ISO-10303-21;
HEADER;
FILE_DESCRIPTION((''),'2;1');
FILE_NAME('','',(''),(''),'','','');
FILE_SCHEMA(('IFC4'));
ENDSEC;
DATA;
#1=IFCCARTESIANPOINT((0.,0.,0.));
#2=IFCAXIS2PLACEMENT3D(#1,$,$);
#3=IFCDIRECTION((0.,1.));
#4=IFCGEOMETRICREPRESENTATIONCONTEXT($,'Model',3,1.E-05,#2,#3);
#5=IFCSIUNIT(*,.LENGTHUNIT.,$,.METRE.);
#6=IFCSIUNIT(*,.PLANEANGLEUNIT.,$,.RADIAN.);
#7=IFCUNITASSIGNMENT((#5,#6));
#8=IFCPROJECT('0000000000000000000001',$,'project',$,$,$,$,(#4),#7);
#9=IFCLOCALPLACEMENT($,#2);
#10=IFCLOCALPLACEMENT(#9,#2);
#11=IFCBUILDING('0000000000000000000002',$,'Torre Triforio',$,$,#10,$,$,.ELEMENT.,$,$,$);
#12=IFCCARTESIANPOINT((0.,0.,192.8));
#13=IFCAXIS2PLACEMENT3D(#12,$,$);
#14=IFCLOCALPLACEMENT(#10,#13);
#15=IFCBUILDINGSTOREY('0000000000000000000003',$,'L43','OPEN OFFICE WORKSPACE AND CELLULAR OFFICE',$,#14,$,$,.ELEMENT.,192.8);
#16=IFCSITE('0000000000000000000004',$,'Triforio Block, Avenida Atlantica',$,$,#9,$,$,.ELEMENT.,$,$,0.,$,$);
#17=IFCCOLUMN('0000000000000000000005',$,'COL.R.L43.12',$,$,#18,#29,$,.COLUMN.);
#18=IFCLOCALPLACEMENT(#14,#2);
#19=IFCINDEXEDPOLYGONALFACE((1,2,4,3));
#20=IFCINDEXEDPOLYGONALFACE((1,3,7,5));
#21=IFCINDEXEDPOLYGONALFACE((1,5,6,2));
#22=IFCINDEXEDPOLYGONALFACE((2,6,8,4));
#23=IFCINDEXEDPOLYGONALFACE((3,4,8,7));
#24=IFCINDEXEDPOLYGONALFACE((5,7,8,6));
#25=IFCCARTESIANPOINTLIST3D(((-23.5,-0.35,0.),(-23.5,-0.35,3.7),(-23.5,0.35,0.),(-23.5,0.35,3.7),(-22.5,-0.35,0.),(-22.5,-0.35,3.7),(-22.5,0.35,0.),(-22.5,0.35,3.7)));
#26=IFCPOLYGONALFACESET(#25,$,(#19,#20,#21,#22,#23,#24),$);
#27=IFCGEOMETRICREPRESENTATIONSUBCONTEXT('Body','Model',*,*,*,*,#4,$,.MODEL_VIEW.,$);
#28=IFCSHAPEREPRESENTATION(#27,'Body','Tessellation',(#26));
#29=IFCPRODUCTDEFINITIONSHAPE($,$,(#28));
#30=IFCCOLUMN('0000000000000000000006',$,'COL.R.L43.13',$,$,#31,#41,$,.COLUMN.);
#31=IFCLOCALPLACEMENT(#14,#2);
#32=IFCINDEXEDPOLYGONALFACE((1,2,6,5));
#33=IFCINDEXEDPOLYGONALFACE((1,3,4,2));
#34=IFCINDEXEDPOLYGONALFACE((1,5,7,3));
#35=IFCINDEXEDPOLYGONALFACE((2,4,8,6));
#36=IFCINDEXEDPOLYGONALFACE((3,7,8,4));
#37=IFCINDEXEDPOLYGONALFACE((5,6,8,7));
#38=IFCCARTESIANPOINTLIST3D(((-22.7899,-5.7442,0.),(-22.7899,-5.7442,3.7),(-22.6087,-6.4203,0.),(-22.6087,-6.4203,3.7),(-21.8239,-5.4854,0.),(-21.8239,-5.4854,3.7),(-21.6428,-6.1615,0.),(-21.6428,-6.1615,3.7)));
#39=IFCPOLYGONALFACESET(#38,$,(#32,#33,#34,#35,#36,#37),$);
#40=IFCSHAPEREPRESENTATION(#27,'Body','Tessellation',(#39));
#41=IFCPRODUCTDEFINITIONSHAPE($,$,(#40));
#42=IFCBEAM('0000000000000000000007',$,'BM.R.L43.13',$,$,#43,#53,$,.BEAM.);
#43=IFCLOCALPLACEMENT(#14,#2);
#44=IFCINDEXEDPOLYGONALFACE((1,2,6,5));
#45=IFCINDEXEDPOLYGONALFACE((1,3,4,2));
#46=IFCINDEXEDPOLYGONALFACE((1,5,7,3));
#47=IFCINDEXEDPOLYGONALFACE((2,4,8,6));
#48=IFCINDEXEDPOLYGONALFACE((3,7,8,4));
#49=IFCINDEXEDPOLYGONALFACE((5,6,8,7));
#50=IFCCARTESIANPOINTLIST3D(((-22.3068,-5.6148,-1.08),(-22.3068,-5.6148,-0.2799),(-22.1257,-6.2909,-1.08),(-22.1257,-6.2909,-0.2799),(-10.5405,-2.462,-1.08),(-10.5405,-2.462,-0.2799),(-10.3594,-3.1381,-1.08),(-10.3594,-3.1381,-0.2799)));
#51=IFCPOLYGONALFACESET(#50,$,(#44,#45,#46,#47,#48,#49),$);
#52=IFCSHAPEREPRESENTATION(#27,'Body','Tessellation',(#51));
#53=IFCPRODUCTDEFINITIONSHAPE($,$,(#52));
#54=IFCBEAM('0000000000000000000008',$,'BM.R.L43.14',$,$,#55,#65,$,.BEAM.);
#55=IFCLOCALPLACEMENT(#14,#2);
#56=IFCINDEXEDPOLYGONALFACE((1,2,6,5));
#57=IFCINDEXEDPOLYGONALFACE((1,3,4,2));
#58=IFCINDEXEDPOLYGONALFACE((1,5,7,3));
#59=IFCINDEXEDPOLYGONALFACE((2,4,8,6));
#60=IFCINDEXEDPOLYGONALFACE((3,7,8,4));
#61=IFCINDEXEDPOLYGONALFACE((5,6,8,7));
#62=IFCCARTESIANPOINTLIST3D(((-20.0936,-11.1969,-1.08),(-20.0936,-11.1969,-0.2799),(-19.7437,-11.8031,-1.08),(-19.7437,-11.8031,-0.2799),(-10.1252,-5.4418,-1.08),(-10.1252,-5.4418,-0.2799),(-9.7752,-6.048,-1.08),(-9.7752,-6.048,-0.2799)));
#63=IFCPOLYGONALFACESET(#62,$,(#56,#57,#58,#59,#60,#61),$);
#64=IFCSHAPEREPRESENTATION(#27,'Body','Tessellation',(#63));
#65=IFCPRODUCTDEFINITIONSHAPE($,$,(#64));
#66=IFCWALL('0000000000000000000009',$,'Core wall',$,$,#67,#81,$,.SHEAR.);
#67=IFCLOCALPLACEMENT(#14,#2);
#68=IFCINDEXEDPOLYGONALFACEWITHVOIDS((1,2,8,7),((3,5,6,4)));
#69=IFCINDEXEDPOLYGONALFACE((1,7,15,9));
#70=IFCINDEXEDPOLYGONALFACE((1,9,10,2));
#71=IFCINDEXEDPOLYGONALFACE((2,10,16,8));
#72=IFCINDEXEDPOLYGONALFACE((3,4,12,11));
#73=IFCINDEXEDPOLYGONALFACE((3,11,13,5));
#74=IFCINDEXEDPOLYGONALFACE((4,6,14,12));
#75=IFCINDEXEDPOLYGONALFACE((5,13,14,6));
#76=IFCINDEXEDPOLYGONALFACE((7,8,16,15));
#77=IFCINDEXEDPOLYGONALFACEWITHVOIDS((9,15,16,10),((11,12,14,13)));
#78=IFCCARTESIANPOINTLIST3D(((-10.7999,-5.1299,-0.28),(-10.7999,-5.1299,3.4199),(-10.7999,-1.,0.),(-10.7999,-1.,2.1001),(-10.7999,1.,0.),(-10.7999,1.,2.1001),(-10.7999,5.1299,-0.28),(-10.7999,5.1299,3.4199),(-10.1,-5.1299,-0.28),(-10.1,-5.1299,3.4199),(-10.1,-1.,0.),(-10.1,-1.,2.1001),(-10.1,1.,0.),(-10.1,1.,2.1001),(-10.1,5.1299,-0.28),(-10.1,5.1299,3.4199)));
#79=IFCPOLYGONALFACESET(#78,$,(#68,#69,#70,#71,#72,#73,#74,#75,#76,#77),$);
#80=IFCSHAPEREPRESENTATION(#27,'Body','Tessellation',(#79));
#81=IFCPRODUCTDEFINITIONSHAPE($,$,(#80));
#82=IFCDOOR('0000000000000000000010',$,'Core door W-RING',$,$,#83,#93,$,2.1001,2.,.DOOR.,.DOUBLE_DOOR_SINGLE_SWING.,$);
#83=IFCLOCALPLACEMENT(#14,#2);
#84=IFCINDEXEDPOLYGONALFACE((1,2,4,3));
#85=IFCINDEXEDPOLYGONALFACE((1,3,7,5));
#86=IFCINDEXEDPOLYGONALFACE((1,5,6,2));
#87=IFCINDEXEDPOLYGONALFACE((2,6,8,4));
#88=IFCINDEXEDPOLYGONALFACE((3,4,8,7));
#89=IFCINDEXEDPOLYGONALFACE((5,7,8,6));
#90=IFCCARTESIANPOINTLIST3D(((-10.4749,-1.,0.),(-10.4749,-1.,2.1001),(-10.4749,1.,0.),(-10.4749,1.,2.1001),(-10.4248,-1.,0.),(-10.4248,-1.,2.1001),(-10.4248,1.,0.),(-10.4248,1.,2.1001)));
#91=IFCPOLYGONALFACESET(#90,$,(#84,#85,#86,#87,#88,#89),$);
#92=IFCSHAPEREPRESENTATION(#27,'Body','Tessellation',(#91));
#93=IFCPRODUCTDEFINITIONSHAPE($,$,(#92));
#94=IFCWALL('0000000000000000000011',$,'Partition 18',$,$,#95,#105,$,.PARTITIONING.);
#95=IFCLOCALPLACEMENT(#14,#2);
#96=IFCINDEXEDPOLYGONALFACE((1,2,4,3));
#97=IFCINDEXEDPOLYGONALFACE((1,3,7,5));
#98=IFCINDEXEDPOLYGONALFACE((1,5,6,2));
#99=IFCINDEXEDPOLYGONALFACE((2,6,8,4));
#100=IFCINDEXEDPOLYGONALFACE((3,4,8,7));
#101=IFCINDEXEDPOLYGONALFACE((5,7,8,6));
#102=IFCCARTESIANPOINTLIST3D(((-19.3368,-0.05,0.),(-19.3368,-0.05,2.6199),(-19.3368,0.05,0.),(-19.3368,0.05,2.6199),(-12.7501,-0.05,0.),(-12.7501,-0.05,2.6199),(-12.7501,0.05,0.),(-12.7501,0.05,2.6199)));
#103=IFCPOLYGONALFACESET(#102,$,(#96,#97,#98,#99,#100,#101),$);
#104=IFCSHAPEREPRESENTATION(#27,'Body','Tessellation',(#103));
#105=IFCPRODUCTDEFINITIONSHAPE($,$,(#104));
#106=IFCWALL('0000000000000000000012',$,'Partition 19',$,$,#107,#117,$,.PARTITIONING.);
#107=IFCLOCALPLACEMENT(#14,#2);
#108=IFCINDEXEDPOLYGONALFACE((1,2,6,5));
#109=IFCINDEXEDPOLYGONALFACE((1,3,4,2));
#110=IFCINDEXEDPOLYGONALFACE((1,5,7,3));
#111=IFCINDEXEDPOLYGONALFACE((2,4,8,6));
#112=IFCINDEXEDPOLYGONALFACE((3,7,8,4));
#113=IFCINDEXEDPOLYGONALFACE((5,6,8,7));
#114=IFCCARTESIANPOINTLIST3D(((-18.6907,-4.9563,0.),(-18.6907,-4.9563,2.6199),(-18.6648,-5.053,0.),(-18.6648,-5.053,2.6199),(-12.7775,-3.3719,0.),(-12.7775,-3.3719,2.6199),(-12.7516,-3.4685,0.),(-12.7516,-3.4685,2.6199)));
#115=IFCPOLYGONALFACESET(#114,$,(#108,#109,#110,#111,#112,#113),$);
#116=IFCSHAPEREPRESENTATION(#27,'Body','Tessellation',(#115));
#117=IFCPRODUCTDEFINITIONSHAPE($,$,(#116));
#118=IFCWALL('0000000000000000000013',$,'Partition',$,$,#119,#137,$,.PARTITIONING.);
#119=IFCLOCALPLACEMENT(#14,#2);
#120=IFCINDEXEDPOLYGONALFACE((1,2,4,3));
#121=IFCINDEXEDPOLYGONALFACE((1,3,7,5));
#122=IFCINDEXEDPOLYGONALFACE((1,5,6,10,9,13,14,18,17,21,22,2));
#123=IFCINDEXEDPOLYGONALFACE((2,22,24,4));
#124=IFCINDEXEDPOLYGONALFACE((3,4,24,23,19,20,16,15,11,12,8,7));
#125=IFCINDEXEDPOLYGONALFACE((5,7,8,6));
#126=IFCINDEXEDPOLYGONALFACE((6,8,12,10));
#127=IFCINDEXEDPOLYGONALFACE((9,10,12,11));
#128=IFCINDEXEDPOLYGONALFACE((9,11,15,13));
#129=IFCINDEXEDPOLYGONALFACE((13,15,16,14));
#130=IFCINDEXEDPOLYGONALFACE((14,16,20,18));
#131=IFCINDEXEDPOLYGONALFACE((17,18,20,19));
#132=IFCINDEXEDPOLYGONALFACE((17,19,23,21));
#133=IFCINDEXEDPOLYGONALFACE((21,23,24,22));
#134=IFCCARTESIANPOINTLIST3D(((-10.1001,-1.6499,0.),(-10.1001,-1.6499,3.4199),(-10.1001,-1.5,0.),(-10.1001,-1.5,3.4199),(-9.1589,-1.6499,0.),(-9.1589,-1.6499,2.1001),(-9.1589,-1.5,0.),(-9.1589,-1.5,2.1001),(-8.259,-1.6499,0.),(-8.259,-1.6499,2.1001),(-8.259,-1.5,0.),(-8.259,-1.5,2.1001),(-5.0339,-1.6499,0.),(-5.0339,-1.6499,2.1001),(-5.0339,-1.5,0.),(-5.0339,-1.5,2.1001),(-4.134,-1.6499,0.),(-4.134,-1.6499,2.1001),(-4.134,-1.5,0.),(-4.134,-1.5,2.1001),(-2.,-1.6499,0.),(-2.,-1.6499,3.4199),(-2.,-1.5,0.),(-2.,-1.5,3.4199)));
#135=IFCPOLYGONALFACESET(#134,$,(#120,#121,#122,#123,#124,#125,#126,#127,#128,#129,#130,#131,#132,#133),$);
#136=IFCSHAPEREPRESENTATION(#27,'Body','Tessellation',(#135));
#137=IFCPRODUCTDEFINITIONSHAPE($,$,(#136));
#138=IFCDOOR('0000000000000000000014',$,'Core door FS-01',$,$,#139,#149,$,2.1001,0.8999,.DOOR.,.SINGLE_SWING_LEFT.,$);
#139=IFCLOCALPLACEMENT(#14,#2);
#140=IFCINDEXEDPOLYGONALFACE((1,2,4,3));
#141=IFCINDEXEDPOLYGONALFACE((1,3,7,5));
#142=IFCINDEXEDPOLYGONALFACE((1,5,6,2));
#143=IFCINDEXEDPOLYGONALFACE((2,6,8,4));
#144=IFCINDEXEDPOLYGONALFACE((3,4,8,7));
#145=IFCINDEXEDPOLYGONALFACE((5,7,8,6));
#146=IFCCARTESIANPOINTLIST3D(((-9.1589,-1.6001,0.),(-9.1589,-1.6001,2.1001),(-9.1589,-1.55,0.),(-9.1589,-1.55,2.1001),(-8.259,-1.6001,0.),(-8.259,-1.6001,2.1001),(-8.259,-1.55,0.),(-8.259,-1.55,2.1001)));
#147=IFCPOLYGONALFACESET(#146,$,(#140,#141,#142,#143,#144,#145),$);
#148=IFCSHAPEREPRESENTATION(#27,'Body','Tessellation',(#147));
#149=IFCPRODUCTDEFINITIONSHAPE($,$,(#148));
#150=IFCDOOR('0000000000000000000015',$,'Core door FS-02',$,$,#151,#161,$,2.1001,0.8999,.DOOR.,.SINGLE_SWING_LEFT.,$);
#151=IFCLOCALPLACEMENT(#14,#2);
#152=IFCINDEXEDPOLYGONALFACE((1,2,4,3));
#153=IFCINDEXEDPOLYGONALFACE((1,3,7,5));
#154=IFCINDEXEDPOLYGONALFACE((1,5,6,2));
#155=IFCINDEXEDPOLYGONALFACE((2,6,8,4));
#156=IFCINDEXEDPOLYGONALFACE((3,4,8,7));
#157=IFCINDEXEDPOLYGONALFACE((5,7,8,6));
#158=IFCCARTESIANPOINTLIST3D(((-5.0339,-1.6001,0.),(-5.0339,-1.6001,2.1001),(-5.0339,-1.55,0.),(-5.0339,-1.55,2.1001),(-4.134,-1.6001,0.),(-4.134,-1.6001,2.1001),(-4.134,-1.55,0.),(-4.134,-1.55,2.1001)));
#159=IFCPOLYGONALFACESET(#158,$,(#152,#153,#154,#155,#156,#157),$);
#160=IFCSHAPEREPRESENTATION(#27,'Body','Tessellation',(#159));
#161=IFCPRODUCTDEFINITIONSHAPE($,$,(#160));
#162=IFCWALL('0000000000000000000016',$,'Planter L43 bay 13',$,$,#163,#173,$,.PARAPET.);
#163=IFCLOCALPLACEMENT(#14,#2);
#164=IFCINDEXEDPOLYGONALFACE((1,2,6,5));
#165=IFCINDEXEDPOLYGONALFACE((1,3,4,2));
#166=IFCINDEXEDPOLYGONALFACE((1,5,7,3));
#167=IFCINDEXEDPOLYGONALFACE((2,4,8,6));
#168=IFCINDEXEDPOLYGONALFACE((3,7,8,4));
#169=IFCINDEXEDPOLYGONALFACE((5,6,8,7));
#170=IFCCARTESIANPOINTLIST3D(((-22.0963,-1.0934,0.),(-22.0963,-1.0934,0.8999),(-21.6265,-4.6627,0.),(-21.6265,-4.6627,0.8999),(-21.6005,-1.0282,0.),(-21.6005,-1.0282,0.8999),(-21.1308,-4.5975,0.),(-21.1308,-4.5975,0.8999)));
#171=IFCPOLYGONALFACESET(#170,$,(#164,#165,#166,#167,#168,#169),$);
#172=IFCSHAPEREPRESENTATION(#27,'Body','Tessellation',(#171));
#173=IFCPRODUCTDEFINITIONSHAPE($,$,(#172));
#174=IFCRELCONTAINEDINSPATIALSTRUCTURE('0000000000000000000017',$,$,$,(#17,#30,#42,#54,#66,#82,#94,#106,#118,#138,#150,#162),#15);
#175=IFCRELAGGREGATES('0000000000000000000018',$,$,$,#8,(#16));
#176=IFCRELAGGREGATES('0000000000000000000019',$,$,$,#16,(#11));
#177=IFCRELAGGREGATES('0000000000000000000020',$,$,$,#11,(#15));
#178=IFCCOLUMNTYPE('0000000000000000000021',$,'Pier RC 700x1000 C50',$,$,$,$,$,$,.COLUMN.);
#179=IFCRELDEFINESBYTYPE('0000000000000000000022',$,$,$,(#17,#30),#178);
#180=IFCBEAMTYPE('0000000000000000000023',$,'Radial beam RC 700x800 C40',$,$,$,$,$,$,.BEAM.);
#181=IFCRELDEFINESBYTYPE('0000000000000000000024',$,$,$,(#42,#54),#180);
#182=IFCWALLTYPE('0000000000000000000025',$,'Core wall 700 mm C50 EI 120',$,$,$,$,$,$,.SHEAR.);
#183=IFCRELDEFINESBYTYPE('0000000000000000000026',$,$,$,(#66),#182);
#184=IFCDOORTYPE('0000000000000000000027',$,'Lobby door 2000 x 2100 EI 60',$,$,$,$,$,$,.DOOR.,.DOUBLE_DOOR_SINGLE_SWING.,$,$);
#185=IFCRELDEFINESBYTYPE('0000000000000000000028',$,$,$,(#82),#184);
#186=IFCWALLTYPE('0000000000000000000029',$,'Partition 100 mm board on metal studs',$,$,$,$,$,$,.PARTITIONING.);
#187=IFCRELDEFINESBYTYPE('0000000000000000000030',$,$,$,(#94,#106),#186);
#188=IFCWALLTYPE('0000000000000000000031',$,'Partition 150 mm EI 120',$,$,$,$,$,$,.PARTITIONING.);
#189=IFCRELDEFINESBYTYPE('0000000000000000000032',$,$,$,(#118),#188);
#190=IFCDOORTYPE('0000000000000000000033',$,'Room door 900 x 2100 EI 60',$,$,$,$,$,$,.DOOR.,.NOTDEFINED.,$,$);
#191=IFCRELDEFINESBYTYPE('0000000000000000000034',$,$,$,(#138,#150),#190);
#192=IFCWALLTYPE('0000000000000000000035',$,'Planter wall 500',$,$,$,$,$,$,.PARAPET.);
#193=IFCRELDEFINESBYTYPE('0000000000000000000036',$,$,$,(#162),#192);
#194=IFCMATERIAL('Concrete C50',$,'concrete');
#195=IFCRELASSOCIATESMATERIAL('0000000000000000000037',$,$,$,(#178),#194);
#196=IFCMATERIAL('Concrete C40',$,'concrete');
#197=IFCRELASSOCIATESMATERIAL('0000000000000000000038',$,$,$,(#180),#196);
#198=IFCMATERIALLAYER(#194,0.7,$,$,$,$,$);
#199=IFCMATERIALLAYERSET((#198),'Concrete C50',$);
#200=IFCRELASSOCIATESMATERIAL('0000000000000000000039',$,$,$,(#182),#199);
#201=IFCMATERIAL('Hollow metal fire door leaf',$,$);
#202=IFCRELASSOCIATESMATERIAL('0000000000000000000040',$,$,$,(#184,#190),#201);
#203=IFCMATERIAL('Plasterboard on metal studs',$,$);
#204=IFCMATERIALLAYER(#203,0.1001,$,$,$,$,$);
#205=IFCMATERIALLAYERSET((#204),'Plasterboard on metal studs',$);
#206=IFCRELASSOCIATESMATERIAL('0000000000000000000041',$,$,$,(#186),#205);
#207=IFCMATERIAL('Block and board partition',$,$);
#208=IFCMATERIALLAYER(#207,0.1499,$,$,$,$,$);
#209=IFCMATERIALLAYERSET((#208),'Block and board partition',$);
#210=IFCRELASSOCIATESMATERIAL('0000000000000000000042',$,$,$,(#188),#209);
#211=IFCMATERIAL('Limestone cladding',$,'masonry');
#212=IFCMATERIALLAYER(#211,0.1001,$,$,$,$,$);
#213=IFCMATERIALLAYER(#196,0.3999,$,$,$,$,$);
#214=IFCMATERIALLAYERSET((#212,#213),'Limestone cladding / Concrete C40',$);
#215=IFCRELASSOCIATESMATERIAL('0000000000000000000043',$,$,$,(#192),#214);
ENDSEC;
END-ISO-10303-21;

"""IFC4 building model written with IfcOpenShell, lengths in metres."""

from ifc_helpers import new_model, si_unit, direction, frame, frame_2d, origin, origin_2d, place, context, subcontext, project, spatial, rectangle, extrude, material, layer, layer_set, material_profile, profile_set, type_object, element, fill, save


model = new_model("IFC4")

# Units and contexts
model_context = context("Model", 3, precision=1e-05, world=origin(), true_north=direction((0.0, 1.0)))
body_context = subcontext(model_context, "Body", "Model", "MODEL_VIEW")
ifc_project = project(units=[si_unit("LENGTHUNIT", "METRE"), si_unit("PLANEANGLEUNIT", "RADIAN")], contexts=[model_context])

# Site, building, storey
site_placement = place(None, origin())
site = spatial("IfcSite", under=ifc_project, at=site_placement, Name="Triforio Block, Avenida Atlantica", CompositionType="ELEMENT", RefElevation=0.0)
building_placement = place(site_placement, origin())
building = spatial("IfcBuilding", under=site, at=building_placement, Name="Torre Triforio", CompositionType="ELEMENT")
storey_placement = place(building_placement, frame((0.0, 0.0, 192.8)))
storey = spatial("IfcBuildingStorey", under=building, at=storey_placement, Name="L43", Description="OPEN OFFICE WORKSPACE AND CELLULAR OFFICE", CompositionType="ELEMENT", Elevation=192.8)

# Columns
ifc_material_1 = material(Name="Concrete C50", Category="concrete")
ifc_material_profile_1 = material_profile(ifc_material_1, rectangle(XDim=0.7, YDim=1.0, at=origin_2d()), Name="RC 700x1000")
ifc_profile_set_1 = profile_set([ifc_material_profile_1], Name="Concrete C50")
column_type = type_object("IfcColumnType", Name="Pier RC 700x1000 C50", PredefinedType="COLUMN", material=ifc_profile_set_1)
for number, where, z_axis, x_axis, name in (
    (1, (-23.0, 0.0, 0.0), (0.0, 0.0, 1.0), (0.0, -1.0, 0.0), "COL.R.L43.12"),
    (2, (-22.2163, -5.9529, 0.0), (0.0, 0.0, 1.0), (0.258819, -0.965926, 0.0), "COL.R.L43.13"),
):
    element("IfcColumn", number, at=place(storey_placement, frame(where, z_axis=z_axis, x_axis=x_axis)), inside=storey, type_object=column_type, Name=name, PredefinedType="COLUMN", context=body_context, shape_type="SweptSolid", body=[
        extrude(rectangle(XDim=0.7, YDim=1.0, at=origin_2d()), origin(), (0.0, 0.0, 1.0), 3.7),
    ])

# Beams
ifc_material_2 = material(Name="Concrete C40", Category="concrete")
ifc_material_profile_2 = material_profile(ifc_material_2, rectangle(XDim=0.7, YDim=0.8, at=origin_2d()), Name="RC 700x800")
ifc_profile_set_2 = profile_set([ifc_material_profile_2], Name="Concrete C40")
beam_type = type_object("IfcBeamType", Name="Radial beam RC 700x800 C40", PredefinedType="BEAM", material=ifc_profile_set_2)
beam_1_placement = place(storey_placement, frame((-10.45, -2.8, -0.6799), z_axis=(-0.965925, -0.258823, 0.0), x_axis=(0.258823, -0.965925, 0.0)))
element("IfcBeam", 3, at=beam_1_placement, inside=storey, type_object=beam_type, Name="BM.R.L43.13", PredefinedType="BEAM", context=body_context, shape_type="SweptSolid", body=[
    extrude(rectangle(XDim=0.7, YDim=0.8, at=origin_2d()), origin(), (0.0, 0.0, 1.0), 12.1814),
])
beam_2_placement = place(storey_placement, frame((-9.9502, -5.7449, -0.6799), z_axis=(-0.866033, -0.499987, 0.0), x_axis=(0.499987, -0.866033, 0.0)))
element("IfcBeam", 4, at=beam_2_placement, inside=storey, type_object=beam_type, Name="BM.R.L43.14", PredefinedType="BEAM", context=body_context, shape_type="SweptSolid", body=[
    extrude(rectangle(XDim=0.7, YDim=0.8, at=origin_2d()), origin(), (0.0, 0.0, 1.0), 11.5105),
])

# Wall, opening, door
ifc_layer_1 = layer(ifc_material_1, 0.7)
ifc_layer_set_1 = layer_set([ifc_layer_1], Name="Concrete C50")
wall_type_1 = type_object("IfcWallType", Name="Core wall 700 mm C50 EI 120", PredefinedType="SHEAR", material=ifc_layer_set_1)
wall_1_placement = place(storey_placement, frame((-10.45, -5.1299, -0.28), z_axis=(0.0, 0.0, 1.0), x_axis=(0.0, 1.0, 0.0)))
wall_1 = element("IfcWall", 5, at=wall_1_placement, inside=storey, type_object=wall_type_1, Name="Core wall", PredefinedType="SHEAR", context=body_context, shape_type="SweptSolid", body=[
    extrude(rectangle(XDim=10.2598, YDim=0.7, at=frame_2d((5.1299, 0.0))), origin(), (0.0, 0.0, 1.0), 3.7),
])
opening_1_placement = place(wall_1_placement, frame((4.1299, 0.0, 0.28)))
opening_1 = element("IfcOpeningElement", 6, at=opening_1_placement, cuts=wall_1, PredefinedType="OPENING", context=body_context, shape_type="SweptSolid", body=[
    extrude(rectangle(XDim=2.0, YDim=2.1001, at=frame_2d((1.0, 1.05))), frame((0.0, 0.3599, 0.0), z_axis=(0.0, -1.0, 0.0), x_axis=(1.0, 0.0, 0.0)), (0.0, 0.0, 1.0), 0.72),
])
ifc_material_3 = material(Name="Hollow metal fire door leaf")
door_type_1 = type_object("IfcDoorType", Name="Lobby door 2000 x 2100 EI 60", OperationType="DOUBLE_DOOR_SINGLE_SWING", PredefinedType="DOOR", material=ifc_material_3)
door_1_placement = place(opening_1_placement, origin())
door_1 = element("IfcDoor", 7, at=door_1_placement, inside=storey, type_object=door_type_1, Name="Core door W-RING", OperationType="DOUBLE_DOOR_SINGLE_SWING", OverallHeight=2.1001, OverallWidth=2.0, PredefinedType="DOOR", context=body_context, shape_type="SweptSolid", body=[
    extrude(rectangle(XDim=2.0, YDim=2.1001, at=frame_2d((1.0, 1.05))), frame((0.0, 0.0249, 0.0), z_axis=(0.0, -1.0, 0.0), x_axis=(1.0, 0.0, 0.0)), (0.0, 0.0, 1.0), 0.05),
])
fill(opening_1, door_1)

# Walls
ifc_material_4 = material(Name="Plasterboard on metal studs")
ifc_layer_2 = layer(ifc_material_4, 0.1001)
ifc_layer_set_2 = layer_set([ifc_layer_2], Name="Plasterboard on metal studs")
wall_type_2 = type_object("IfcWallType", Name="Partition 100 mm board on metal studs", PredefinedType="PARTITIONING", material=ifc_layer_set_2)
wall_2_placement = place(storey_placement, frame((-12.75, 0.0, 0.0), z_axis=(0.0, 0.0, 1.0), x_axis=(-1.0, 0.0, 0.0)))
element("IfcWall", 8, at=wall_2_placement, inside=storey, type_object=wall_type_2, Name="Partition 18", PredefinedType="PARTITIONING", context=body_context, shape_type="SweptSolid", body=[
    extrude(rectangle(XDim=6.5867, YDim=0.1001, at=frame_2d((3.2935, 0.0))), origin(), (0.0, 0.0, 1.0), 2.6199),
])
wall_3_placement = place(storey_placement, frame((-12.7644, -3.4202, 0.0), z_axis=(0.0, 0.0, 1.0), x_axis=(-0.965926, -0.258819, 0.0)))
element("IfcWall", 9, at=wall_3_placement, inside=storey, type_object=wall_type_2, Name="Partition 19", PredefinedType="PARTITIONING", context=body_context, shape_type="SweptSolid", body=[
    extrude(rectangle(XDim=6.1218, YDim=0.1001, at=frame_2d((3.061, 0.0))), origin(), (0.0, 0.0, 1.0), 2.6199),
])

# Wall, openings, doors
ifc_material_5 = material(Name="Block and board partition")
ifc_layer_3 = layer(ifc_material_5, 0.1499)
ifc_layer_set_3 = layer_set([ifc_layer_3], Name="Block and board partition")
wall_type_3 = type_object("IfcWallType", Name="Partition 150 mm EI 120", PredefinedType="PARTITIONING", material=ifc_layer_set_3)
wall_4_placement = place(storey_placement, frame((-10.1001, -1.575, 0.0), z_axis=(0.0, 0.0, 1.0), x_axis=(1.0, 0.0, 0.0)))
wall_4 = element("IfcWall", 10, at=wall_4_placement, inside=storey, type_object=wall_type_3, Name="Partition", PredefinedType="PARTITIONING", context=body_context, shape_type="SweptSolid", body=[
    extrude(rectangle(XDim=8.1001, YDim=0.1499, at=frame_2d((4.05, 0.0))), origin(), (0.0, 0.0, 1.0), 3.4199),
])
opening_2_placement = place(wall_4_placement, frame((0.9412, 0.0, 0.0)))
opening_2 = element("IfcOpeningElement", 11, at=opening_2_placement, cuts=wall_4, PredefinedType="OPENING", context=body_context, shape_type="SweptSolid", body=[
    extrude(rectangle(XDim=0.8999, YDim=2.1001, at=frame_2d((0.45, 1.05))), frame((0.0, 0.085, 0.0), z_axis=(0.0, -1.0, 0.0), x_axis=(1.0, 0.0, 0.0)), (0.0, 0.0, 1.0), 0.1699),
])
opening_3_placement = place(wall_4_placement, frame((5.0662, 0.0, 0.0)))
opening_3 = element("IfcOpeningElement", 12, at=opening_3_placement, cuts=wall_4, PredefinedType="OPENING", context=body_context, shape_type="SweptSolid", body=[
    extrude(rectangle(XDim=0.8999, YDim=2.1001, at=frame_2d((0.45, 1.05))), frame((0.0, 0.085, 0.0), z_axis=(0.0, -1.0, 0.0), x_axis=(1.0, 0.0, 0.0)), (0.0, 0.0, 1.0), 0.1699),
])
door_type_2 = type_object("IfcDoorType", Name="Room door 900 x 2100 EI 60", OperationType="NOTDEFINED", PredefinedType="DOOR", material=ifc_material_3)
door_2_placement = place(opening_2_placement, origin())
door_2 = element("IfcDoor", 13, at=door_2_placement, inside=storey, type_object=door_type_2, Name="Core door FS-01", OperationType="SINGLE_SWING_LEFT", OverallHeight=2.1001, OverallWidth=0.8999, PredefinedType="DOOR", context=body_context, shape_type="SweptSolid", body=[
    extrude(rectangle(XDim=0.8999, YDim=2.1001, at=frame_2d((0.45, 1.05))), frame((0.0, 0.0249, 0.0), z_axis=(0.0, -1.0, 0.0), x_axis=(1.0, 0.0, 0.0)), (0.0, 0.0, 1.0), 0.05),
])
fill(opening_2, door_2)
door_3_placement = place(opening_3_placement, origin())
door_3 = element("IfcDoor", 14, at=door_3_placement, inside=storey, type_object=door_type_2, Name="Core door FS-02", OperationType="SINGLE_SWING_LEFT", OverallHeight=2.1001, OverallWidth=0.8999, PredefinedType="DOOR", context=body_context, shape_type="SweptSolid", body=[
    extrude(rectangle(XDim=0.8999, YDim=2.1001, at=frame_2d((0.45, 1.05))), frame((0.0, 0.0249, 0.0), z_axis=(0.0, -1.0, 0.0), x_axis=(1.0, 0.0, 0.0)), (0.0, 0.0, 1.0), 0.05),
])
fill(opening_3, door_3)

# Wall
ifc_material_6 = material(Name="Limestone cladding", Category="masonry")
ifc_layer_4 = layer(ifc_material_6, 0.1001)
ifc_layer_5 = layer(ifc_material_2, 0.3999)
ifc_layer_set_4 = layer_set([ifc_layer_4, ifc_layer_5], Name="Limestone cladding / Concrete C40")
wall_type_4 = type_object("IfcWallType", Name="Planter wall 500", PredefinedType="PARAPET", material=ifc_layer_set_4)
wall_5_placement = place(storey_placement, frame((-21.8484, -1.0608, 0.0), z_axis=(0.0, 0.0, 1.0), x_axis=(0.130476, -0.991452, 0.0)))
element("IfcWall", 15, at=wall_5_placement, inside=storey, type_object=wall_type_4, Name="Planter L43 bay 13", PredefinedType="PARAPET", context=body_context, shape_type="SweptSolid", body=[
    extrude(rectangle(XDim=3.6001, YDim=0.5, at=frame_2d((1.8, 0.0))), origin(), (0.0, 0.0, 1.0), 0.8999),
])

save(model, "model.ifc")
